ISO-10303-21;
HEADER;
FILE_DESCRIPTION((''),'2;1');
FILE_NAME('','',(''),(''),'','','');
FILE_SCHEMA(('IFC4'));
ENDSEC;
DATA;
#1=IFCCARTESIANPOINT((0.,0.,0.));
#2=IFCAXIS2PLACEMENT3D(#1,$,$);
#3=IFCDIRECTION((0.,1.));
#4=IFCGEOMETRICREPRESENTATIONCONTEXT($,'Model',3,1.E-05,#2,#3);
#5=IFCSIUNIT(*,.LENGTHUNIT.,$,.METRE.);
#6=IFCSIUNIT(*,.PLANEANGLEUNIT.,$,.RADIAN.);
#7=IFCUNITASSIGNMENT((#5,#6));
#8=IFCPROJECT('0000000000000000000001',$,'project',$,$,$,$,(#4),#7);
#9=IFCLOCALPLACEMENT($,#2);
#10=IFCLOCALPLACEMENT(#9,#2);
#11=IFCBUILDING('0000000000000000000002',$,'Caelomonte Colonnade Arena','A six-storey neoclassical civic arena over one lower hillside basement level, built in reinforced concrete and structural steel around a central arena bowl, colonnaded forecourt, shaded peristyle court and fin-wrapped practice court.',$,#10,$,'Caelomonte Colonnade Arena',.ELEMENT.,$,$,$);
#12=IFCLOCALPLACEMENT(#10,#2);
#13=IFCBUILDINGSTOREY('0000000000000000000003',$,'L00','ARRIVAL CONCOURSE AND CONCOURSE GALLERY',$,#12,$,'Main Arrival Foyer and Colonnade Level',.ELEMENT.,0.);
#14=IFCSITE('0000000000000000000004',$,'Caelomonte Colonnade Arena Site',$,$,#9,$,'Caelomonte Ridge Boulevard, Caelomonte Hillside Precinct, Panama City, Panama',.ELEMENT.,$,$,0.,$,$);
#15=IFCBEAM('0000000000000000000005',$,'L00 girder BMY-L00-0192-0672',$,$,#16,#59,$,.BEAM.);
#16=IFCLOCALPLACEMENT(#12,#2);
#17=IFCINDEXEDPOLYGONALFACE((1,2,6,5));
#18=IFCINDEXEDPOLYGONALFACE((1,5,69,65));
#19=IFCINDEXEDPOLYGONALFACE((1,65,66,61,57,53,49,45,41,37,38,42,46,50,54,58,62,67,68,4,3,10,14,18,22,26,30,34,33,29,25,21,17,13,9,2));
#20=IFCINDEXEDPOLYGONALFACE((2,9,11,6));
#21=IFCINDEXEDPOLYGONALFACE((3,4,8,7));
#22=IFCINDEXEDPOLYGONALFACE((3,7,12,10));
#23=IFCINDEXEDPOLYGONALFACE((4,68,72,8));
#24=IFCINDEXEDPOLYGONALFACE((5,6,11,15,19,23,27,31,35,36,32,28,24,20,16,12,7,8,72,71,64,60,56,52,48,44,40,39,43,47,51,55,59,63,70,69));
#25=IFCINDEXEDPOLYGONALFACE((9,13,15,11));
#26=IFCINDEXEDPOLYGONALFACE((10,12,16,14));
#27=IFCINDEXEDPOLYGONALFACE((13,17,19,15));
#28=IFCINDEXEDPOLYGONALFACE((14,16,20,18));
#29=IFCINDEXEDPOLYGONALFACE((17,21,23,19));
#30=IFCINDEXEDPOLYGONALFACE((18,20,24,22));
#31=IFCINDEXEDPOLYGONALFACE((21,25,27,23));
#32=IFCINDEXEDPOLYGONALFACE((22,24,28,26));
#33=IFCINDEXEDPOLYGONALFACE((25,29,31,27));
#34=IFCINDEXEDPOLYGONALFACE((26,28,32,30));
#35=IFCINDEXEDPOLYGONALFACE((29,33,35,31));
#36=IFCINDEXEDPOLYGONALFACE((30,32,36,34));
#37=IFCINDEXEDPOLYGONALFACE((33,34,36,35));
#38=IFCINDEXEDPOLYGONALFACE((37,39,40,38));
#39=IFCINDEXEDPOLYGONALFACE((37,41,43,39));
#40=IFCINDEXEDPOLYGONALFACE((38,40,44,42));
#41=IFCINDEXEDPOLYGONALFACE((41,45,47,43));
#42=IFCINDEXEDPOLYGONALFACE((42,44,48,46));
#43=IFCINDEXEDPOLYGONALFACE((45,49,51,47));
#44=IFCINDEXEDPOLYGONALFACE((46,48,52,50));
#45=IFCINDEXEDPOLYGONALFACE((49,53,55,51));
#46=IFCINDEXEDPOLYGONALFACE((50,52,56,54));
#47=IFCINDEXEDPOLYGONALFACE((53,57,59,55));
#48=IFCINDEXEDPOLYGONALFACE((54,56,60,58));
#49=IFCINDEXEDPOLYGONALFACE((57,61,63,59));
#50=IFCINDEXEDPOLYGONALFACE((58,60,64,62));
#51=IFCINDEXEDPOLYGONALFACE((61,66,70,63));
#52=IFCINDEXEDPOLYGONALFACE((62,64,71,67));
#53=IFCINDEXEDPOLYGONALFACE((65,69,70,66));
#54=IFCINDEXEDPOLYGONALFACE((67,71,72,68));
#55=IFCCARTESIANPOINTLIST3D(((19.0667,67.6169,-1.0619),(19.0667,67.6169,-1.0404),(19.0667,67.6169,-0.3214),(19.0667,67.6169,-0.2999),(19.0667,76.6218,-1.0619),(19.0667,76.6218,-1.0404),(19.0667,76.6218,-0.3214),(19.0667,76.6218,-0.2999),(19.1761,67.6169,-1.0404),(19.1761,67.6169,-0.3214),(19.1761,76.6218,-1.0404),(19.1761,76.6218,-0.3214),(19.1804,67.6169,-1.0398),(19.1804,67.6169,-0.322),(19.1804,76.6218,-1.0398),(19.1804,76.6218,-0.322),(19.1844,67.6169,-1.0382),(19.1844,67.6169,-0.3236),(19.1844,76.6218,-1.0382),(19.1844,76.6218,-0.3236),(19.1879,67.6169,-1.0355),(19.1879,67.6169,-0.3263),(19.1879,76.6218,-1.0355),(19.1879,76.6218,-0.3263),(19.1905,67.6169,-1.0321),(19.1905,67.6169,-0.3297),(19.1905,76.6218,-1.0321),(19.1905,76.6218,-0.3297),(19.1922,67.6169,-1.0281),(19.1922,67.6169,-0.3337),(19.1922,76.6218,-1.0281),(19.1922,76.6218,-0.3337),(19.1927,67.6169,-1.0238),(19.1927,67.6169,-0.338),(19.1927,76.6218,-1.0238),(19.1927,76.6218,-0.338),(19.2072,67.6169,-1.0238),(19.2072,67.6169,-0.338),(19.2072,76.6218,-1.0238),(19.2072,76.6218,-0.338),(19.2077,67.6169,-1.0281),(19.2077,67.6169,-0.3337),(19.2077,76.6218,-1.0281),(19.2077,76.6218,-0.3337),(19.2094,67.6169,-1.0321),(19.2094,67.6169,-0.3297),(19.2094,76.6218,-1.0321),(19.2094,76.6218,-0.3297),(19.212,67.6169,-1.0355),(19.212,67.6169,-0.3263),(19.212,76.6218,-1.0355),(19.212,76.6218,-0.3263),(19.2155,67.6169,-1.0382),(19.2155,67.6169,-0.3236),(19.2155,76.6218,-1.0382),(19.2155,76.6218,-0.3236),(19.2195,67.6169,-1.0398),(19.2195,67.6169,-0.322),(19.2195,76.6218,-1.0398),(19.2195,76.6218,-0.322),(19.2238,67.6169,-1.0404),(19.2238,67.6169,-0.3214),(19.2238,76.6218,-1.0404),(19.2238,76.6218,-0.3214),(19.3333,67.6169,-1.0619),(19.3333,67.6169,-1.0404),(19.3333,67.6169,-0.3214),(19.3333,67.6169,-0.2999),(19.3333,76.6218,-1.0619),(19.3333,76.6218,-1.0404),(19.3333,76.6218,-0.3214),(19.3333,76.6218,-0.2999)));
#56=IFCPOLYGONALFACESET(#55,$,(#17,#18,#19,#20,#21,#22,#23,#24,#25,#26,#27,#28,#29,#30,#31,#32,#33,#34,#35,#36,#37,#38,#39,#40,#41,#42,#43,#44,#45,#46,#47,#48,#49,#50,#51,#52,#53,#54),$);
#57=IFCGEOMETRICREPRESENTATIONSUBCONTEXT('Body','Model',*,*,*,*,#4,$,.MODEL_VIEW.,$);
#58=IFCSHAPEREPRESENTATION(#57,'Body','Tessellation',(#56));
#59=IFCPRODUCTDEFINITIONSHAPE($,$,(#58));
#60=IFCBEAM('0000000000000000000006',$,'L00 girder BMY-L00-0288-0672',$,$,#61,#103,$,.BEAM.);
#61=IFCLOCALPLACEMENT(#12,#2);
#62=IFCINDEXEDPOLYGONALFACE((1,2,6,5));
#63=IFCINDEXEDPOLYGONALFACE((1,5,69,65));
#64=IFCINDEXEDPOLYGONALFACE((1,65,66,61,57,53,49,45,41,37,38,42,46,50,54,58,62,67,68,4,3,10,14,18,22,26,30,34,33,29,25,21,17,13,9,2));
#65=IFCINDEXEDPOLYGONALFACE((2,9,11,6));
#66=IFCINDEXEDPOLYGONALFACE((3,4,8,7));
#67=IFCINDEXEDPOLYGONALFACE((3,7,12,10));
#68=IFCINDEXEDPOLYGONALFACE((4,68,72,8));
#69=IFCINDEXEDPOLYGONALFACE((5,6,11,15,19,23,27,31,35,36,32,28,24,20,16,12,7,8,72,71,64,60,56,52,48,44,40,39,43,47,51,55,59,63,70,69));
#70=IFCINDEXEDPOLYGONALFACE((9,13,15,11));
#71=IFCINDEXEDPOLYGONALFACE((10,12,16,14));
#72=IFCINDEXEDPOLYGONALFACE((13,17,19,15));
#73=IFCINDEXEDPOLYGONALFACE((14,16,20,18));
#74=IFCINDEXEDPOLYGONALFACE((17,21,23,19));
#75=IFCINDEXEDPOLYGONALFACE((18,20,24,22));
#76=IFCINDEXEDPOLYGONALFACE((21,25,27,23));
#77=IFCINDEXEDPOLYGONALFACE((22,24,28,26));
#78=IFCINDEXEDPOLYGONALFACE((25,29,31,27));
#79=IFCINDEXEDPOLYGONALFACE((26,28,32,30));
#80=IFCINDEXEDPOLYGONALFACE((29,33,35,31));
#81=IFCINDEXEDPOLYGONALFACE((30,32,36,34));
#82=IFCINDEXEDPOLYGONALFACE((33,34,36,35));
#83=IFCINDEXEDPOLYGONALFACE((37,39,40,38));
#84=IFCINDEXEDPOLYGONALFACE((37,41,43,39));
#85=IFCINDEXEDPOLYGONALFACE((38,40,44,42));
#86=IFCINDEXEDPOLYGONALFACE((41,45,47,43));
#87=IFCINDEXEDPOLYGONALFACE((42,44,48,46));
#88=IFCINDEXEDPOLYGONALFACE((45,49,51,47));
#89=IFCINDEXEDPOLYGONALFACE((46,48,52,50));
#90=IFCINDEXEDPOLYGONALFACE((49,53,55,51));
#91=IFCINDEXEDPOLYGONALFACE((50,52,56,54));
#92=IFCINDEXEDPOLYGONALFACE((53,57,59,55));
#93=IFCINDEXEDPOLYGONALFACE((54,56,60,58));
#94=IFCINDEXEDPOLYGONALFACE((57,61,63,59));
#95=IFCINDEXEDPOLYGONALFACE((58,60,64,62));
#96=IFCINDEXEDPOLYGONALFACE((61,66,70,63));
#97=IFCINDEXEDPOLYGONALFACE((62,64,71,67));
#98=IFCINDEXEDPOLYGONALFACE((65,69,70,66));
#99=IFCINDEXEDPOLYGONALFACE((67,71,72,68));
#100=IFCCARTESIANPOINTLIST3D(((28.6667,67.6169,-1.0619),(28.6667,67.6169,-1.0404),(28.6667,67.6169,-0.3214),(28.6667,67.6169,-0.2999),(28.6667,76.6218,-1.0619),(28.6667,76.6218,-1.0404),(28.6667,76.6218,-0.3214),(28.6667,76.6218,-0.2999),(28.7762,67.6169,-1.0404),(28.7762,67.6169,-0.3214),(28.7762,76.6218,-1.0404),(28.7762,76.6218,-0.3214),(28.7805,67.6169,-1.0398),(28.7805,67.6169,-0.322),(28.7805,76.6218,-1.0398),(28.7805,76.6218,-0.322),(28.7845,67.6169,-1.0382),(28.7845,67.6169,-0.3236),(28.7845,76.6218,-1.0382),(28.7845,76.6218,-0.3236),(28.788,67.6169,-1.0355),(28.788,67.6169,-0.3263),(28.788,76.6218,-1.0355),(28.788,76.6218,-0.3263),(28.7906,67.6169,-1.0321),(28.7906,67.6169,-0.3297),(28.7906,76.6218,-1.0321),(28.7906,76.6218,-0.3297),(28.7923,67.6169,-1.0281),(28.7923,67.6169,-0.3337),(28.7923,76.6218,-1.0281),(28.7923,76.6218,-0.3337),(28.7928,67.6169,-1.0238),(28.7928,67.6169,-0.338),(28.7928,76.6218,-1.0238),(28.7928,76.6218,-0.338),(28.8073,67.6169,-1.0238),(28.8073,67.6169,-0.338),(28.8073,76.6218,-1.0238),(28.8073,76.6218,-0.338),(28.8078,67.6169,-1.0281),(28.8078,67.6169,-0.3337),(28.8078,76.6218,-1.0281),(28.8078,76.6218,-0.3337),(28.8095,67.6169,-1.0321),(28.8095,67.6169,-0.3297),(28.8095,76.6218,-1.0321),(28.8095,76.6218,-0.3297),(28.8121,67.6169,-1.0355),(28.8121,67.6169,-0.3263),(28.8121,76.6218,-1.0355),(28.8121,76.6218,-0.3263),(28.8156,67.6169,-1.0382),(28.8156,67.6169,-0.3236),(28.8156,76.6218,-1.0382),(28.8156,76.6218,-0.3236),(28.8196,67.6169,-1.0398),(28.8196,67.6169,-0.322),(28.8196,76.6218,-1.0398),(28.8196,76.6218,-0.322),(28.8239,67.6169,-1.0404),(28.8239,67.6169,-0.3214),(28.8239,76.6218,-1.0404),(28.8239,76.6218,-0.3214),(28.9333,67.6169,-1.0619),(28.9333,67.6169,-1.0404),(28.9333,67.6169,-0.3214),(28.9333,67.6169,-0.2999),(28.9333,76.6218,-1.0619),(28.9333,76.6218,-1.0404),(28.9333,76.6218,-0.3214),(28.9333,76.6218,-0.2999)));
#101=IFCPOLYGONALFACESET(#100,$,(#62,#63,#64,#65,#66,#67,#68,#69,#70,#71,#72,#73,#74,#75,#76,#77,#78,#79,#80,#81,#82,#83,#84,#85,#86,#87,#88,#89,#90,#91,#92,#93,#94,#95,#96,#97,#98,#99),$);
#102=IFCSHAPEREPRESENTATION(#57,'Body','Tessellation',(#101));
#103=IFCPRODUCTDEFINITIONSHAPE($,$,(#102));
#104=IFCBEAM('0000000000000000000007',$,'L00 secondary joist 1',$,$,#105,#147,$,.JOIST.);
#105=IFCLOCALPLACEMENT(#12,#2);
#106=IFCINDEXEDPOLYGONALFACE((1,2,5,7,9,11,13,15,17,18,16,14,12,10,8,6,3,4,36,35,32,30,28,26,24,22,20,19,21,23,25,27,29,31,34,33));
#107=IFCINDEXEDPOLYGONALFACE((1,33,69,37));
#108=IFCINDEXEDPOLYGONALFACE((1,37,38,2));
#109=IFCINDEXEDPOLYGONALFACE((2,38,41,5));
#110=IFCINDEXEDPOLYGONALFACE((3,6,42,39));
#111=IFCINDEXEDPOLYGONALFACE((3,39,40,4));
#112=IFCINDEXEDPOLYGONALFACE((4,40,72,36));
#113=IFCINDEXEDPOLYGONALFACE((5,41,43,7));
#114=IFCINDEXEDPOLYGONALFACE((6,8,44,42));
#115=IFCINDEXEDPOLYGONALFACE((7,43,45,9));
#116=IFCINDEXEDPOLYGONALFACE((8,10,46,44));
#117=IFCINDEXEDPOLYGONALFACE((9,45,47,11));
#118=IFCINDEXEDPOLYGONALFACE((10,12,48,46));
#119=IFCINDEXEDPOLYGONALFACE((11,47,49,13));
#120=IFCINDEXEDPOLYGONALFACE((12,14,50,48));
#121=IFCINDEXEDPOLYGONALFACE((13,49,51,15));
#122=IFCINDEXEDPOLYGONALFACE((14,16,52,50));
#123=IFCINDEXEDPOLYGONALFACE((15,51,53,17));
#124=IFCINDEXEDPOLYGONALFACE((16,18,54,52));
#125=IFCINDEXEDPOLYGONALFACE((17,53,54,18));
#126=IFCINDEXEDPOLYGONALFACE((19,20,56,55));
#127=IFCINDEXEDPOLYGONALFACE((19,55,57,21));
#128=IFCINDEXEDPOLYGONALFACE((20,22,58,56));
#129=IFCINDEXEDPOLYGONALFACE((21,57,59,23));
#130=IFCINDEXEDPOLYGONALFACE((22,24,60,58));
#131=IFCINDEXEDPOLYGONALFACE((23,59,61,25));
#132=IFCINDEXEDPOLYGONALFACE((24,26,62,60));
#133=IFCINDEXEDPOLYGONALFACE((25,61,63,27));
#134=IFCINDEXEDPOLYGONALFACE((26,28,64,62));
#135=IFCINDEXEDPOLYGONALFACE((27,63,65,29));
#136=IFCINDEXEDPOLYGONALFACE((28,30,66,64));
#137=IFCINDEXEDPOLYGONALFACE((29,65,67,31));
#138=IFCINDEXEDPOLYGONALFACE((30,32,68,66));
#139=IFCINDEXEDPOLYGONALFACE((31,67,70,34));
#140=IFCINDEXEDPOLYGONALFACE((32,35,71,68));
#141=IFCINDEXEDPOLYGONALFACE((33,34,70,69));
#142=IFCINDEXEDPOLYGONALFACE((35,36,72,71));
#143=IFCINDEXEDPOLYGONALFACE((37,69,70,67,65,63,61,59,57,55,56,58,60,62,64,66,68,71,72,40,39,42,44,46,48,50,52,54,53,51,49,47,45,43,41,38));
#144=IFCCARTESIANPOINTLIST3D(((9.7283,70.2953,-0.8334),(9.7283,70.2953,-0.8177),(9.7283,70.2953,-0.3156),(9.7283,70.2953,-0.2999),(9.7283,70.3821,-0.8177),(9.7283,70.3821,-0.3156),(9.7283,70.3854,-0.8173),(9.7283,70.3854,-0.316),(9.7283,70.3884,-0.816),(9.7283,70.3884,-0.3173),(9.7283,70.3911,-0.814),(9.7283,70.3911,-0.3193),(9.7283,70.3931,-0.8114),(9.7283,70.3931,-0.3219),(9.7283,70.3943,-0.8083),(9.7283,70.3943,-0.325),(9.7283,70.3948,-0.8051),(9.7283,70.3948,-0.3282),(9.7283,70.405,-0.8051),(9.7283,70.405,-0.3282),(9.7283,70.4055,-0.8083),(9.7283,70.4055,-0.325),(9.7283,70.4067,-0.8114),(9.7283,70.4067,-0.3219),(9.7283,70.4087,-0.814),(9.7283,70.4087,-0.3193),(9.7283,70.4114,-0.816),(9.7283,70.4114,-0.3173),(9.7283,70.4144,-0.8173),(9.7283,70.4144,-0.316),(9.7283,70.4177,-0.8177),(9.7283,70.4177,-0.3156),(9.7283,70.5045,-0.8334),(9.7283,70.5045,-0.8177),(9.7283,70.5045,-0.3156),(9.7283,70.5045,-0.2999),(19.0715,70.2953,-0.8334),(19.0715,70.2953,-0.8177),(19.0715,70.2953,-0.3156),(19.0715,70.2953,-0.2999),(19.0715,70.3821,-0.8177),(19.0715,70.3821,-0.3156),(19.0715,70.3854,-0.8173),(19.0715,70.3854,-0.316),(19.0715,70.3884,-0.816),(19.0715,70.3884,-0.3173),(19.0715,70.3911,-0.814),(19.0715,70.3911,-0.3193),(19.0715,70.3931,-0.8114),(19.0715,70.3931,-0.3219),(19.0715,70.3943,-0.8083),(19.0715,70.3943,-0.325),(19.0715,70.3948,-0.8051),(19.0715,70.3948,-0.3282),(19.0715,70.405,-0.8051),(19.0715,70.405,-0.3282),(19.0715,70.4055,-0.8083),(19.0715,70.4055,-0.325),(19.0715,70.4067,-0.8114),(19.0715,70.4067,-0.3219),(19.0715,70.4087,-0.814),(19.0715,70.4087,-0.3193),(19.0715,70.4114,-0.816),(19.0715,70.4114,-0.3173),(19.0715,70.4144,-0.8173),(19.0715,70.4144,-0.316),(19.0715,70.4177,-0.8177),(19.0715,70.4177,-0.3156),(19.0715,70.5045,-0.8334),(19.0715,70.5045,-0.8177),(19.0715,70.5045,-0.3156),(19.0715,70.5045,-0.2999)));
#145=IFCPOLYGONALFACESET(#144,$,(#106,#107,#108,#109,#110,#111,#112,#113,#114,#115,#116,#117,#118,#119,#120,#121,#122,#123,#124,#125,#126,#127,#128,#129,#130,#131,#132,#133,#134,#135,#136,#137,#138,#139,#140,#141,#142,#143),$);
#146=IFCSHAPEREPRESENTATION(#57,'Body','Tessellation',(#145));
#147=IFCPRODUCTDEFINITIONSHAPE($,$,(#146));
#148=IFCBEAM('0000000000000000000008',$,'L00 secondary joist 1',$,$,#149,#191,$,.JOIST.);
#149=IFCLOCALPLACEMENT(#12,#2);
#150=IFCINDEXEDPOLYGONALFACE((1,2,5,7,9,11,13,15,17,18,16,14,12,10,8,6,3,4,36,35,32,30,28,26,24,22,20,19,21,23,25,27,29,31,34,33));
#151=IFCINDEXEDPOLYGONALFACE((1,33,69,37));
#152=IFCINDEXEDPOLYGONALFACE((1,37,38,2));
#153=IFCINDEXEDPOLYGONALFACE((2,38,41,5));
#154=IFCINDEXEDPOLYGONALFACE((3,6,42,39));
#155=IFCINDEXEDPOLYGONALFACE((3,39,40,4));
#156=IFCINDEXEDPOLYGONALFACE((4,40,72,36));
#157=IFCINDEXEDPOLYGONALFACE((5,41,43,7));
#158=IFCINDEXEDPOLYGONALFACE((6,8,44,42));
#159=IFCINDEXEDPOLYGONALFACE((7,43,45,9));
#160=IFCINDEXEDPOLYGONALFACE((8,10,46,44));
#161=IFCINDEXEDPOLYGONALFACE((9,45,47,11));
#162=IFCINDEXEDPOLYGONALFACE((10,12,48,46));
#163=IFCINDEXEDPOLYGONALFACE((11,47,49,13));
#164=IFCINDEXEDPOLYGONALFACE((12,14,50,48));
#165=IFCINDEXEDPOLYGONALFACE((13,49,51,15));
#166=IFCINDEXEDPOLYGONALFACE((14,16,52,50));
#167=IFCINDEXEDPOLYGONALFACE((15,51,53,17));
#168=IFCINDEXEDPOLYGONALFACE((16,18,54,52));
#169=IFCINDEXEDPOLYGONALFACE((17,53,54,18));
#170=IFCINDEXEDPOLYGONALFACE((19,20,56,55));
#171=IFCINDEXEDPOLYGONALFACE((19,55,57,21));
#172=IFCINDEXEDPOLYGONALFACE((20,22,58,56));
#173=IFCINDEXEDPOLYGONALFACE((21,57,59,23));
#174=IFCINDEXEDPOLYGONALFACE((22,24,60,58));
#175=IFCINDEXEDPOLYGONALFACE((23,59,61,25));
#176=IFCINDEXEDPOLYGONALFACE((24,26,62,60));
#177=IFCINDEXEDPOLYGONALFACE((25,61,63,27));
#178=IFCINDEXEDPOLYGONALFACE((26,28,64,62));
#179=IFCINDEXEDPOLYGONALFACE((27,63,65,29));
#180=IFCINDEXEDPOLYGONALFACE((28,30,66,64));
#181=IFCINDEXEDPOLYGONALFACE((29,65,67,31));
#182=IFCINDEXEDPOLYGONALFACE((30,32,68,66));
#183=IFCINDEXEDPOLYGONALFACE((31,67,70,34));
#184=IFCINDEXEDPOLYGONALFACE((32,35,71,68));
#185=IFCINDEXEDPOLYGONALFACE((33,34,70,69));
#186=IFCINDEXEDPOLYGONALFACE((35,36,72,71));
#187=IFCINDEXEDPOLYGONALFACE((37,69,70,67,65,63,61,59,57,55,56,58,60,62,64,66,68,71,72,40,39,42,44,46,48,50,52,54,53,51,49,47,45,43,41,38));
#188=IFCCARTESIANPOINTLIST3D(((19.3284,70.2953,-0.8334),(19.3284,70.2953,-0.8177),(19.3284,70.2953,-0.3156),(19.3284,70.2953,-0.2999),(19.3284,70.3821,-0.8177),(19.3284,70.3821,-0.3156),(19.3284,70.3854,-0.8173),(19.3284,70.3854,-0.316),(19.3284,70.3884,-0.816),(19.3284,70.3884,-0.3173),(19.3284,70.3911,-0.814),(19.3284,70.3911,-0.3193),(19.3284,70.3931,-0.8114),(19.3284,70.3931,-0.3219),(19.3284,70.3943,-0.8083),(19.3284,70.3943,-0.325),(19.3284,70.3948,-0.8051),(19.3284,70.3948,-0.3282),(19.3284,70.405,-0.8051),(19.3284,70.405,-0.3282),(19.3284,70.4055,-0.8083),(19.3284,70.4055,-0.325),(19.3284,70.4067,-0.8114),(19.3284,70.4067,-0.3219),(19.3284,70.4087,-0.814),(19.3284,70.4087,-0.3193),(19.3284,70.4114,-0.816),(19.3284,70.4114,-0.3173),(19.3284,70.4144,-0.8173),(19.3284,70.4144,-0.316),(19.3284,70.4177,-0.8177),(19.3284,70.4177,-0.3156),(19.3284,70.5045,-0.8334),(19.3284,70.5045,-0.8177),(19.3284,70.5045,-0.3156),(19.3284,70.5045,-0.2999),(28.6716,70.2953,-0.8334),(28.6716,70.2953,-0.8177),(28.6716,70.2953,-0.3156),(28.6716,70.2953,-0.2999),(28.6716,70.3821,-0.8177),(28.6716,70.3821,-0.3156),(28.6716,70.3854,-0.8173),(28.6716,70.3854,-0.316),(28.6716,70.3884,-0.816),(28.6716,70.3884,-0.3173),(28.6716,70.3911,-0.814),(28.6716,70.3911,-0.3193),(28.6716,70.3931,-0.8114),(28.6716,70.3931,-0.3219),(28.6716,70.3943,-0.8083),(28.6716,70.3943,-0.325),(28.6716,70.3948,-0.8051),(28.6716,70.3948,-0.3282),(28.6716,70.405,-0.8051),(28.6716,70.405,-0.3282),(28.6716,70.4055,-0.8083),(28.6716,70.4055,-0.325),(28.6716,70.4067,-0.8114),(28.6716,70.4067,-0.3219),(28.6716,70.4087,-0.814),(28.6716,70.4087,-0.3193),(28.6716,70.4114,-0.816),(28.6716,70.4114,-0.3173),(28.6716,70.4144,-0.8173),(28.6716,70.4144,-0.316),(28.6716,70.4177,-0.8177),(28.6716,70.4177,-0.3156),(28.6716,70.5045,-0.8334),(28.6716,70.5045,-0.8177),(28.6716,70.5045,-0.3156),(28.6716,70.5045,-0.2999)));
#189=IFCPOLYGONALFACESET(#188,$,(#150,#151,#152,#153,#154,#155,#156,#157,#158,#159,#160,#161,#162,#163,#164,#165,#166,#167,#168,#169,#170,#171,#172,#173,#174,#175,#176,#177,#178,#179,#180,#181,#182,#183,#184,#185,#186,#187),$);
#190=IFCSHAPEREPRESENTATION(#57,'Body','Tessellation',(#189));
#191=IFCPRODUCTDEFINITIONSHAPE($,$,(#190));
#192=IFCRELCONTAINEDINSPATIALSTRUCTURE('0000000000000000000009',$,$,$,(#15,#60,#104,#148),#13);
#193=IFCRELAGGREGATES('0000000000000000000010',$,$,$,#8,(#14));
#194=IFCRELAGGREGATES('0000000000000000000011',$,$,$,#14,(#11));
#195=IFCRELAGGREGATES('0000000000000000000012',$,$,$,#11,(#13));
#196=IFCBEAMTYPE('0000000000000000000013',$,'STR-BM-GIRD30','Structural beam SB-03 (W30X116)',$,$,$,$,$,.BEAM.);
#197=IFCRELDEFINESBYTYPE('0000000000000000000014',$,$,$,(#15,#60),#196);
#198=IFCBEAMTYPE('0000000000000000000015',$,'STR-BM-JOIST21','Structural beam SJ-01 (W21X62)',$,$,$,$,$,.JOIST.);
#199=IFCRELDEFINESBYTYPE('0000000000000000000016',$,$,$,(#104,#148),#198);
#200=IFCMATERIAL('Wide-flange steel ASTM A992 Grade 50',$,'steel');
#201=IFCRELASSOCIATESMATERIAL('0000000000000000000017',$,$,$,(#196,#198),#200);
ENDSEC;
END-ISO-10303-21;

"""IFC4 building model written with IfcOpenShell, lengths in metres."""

from ifc_helpers import new_model, si_unit, direction, frame, origin, origin_2d, place, context, subcontext, project, spatial, i_section, extrude, material, material_profile, profile_set, type_object, element, save


model = new_model("IFC4")

# Units and contexts
model_context = context("Model", 3, precision=1e-05, world=origin(), true_north=direction((0.0, 1.0)))
body_context = subcontext(model_context, "Body", "Model", "MODEL_VIEW")
ifc_project = project(units=[si_unit("LENGTHUNIT", "METRE"), si_unit("PLANEANGLEUNIT", "RADIAN")], contexts=[model_context])

# Site, building, storey
site_placement = place(None, origin())
site = spatial("IfcSite", under=ifc_project, at=site_placement, Name="Caelomonte Colonnade Arena Site", LongName="Caelomonte Ridge Boulevard, Caelomonte Hillside Precinct, Panama City, Panama", CompositionType="ELEMENT", RefElevation=0.0)
building_placement = place(site_placement, origin())
building = spatial("IfcBuilding", under=site, at=building_placement, Name="Caelomonte Colonnade Arena", Description="A six-storey neoclassical civic arena over one lower hillside basement level, built in reinforced concrete and structural steel around a central arena bowl, colonnaded forecourt, shaded peristyle court and fin-wrapped practice court.", LongName="Caelomonte Colonnade Arena", CompositionType="ELEMENT")
storey_placement = place(building_placement, origin())
storey = spatial("IfcBuildingStorey", under=building, at=storey_placement, Name="L00", Description="ARRIVAL CONCOURSE AND CONCOURSE GALLERY", LongName="Main Arrival Foyer and Colonnade Level", CompositionType="ELEMENT", Elevation=0.0)

# Shared definitions
ifc_material_1 = material(Name="Wide-flange steel ASTM A992 Grade 50", Category="steel")

# Beams
ifc_material_profile_1 = material_profile(ifc_material_1, i_section(OverallWidth=0.2666, OverallDepth=0.762, WebThickness=0.0144, FlangeThickness=0.0215, FilletRadius=0.0166, at=origin_2d()), Name="W30X116")
ifc_profile_set_1 = profile_set([ifc_material_profile_1], Name="Wide-flange steel ASTM A992 Grade 50")
beam_type_1 = type_object("IfcBeamType", Name="STR-BM-GIRD30", Description="Structural beam SB-03 (W30X116)", PredefinedType="BEAM", material=ifc_profile_set_1)
for number, where, z_axis, x_axis, name in (
    (1, (19.2, 67.6169, -0.6809), (0.0, 1.0, 0.0), (-1.0, 0.0, 0.0), "L00 girder BMY-L00-0192-0672"),
    (2, (28.8, 67.6169, -0.6809), (0.0, 1.0, 0.0), (-1.0, 0.0, 0.0), "L00 girder BMY-L00-0288-0672"),
):
    element("IfcBeam", number, at=place(storey_placement, frame(where, z_axis=z_axis, x_axis=x_axis)), inside=storey, type_object=beam_type_1, Name=name, PredefinedType="BEAM", context=body_context, shape_type="SweptSolid", body=[
        extrude(i_section(OverallWidth=0.2666, OverallDepth=0.762, WebThickness=0.0144, FlangeThickness=0.0215, FilletRadius=0.0166, at=origin_2d()), origin(), (0.0, 0.0, 1.0), 9.0049),
    ])
ifc_material_profile_2 = material_profile(ifc_material_1, i_section(OverallWidth=0.2092, OverallDepth=0.5334, WebThickness=0.0103, FlangeThickness=0.0156, FilletRadius=0.0127, at=origin_2d()), Name="W21X62")
ifc_profile_set_2 = profile_set([ifc_material_profile_2], Name="Wide-flange steel ASTM A992 Grade 50")
beam_type_2 = type_object("IfcBeamType", Name="STR-BM-JOIST21", Description="Structural beam SJ-01 (W21X62)", PredefinedType="JOIST", material=ifc_profile_set_2)
for number, where, z_axis, x_axis, name in (
    (3, (9.7283, 70.3999, -0.5667), (1.0, 0.0, 0.0), (0.0, 1.0, 0.0), "L00 secondary joist 1"),
    (4, (19.3284, 70.3999, -0.5667), (1.0, 0.0, 0.0), (0.0, 1.0, 0.0), "L00 secondary joist 1"),
):
    element("IfcBeam", number, at=place(storey_placement, frame(where, z_axis=z_axis, x_axis=x_axis)), inside=storey, type_object=beam_type_2, Name=name, PredefinedType="JOIST", context=body_context, shape_type="SweptSolid", body=[
        extrude(i_section(OverallWidth=0.2092, OverallDepth=0.5334, WebThickness=0.0103, FlangeThickness=0.0156, FilletRadius=0.0127, at=origin_2d()), origin(), (0.0, 0.0, 1.0), 9.3433),
    ])

save(model, "model.ifc")
